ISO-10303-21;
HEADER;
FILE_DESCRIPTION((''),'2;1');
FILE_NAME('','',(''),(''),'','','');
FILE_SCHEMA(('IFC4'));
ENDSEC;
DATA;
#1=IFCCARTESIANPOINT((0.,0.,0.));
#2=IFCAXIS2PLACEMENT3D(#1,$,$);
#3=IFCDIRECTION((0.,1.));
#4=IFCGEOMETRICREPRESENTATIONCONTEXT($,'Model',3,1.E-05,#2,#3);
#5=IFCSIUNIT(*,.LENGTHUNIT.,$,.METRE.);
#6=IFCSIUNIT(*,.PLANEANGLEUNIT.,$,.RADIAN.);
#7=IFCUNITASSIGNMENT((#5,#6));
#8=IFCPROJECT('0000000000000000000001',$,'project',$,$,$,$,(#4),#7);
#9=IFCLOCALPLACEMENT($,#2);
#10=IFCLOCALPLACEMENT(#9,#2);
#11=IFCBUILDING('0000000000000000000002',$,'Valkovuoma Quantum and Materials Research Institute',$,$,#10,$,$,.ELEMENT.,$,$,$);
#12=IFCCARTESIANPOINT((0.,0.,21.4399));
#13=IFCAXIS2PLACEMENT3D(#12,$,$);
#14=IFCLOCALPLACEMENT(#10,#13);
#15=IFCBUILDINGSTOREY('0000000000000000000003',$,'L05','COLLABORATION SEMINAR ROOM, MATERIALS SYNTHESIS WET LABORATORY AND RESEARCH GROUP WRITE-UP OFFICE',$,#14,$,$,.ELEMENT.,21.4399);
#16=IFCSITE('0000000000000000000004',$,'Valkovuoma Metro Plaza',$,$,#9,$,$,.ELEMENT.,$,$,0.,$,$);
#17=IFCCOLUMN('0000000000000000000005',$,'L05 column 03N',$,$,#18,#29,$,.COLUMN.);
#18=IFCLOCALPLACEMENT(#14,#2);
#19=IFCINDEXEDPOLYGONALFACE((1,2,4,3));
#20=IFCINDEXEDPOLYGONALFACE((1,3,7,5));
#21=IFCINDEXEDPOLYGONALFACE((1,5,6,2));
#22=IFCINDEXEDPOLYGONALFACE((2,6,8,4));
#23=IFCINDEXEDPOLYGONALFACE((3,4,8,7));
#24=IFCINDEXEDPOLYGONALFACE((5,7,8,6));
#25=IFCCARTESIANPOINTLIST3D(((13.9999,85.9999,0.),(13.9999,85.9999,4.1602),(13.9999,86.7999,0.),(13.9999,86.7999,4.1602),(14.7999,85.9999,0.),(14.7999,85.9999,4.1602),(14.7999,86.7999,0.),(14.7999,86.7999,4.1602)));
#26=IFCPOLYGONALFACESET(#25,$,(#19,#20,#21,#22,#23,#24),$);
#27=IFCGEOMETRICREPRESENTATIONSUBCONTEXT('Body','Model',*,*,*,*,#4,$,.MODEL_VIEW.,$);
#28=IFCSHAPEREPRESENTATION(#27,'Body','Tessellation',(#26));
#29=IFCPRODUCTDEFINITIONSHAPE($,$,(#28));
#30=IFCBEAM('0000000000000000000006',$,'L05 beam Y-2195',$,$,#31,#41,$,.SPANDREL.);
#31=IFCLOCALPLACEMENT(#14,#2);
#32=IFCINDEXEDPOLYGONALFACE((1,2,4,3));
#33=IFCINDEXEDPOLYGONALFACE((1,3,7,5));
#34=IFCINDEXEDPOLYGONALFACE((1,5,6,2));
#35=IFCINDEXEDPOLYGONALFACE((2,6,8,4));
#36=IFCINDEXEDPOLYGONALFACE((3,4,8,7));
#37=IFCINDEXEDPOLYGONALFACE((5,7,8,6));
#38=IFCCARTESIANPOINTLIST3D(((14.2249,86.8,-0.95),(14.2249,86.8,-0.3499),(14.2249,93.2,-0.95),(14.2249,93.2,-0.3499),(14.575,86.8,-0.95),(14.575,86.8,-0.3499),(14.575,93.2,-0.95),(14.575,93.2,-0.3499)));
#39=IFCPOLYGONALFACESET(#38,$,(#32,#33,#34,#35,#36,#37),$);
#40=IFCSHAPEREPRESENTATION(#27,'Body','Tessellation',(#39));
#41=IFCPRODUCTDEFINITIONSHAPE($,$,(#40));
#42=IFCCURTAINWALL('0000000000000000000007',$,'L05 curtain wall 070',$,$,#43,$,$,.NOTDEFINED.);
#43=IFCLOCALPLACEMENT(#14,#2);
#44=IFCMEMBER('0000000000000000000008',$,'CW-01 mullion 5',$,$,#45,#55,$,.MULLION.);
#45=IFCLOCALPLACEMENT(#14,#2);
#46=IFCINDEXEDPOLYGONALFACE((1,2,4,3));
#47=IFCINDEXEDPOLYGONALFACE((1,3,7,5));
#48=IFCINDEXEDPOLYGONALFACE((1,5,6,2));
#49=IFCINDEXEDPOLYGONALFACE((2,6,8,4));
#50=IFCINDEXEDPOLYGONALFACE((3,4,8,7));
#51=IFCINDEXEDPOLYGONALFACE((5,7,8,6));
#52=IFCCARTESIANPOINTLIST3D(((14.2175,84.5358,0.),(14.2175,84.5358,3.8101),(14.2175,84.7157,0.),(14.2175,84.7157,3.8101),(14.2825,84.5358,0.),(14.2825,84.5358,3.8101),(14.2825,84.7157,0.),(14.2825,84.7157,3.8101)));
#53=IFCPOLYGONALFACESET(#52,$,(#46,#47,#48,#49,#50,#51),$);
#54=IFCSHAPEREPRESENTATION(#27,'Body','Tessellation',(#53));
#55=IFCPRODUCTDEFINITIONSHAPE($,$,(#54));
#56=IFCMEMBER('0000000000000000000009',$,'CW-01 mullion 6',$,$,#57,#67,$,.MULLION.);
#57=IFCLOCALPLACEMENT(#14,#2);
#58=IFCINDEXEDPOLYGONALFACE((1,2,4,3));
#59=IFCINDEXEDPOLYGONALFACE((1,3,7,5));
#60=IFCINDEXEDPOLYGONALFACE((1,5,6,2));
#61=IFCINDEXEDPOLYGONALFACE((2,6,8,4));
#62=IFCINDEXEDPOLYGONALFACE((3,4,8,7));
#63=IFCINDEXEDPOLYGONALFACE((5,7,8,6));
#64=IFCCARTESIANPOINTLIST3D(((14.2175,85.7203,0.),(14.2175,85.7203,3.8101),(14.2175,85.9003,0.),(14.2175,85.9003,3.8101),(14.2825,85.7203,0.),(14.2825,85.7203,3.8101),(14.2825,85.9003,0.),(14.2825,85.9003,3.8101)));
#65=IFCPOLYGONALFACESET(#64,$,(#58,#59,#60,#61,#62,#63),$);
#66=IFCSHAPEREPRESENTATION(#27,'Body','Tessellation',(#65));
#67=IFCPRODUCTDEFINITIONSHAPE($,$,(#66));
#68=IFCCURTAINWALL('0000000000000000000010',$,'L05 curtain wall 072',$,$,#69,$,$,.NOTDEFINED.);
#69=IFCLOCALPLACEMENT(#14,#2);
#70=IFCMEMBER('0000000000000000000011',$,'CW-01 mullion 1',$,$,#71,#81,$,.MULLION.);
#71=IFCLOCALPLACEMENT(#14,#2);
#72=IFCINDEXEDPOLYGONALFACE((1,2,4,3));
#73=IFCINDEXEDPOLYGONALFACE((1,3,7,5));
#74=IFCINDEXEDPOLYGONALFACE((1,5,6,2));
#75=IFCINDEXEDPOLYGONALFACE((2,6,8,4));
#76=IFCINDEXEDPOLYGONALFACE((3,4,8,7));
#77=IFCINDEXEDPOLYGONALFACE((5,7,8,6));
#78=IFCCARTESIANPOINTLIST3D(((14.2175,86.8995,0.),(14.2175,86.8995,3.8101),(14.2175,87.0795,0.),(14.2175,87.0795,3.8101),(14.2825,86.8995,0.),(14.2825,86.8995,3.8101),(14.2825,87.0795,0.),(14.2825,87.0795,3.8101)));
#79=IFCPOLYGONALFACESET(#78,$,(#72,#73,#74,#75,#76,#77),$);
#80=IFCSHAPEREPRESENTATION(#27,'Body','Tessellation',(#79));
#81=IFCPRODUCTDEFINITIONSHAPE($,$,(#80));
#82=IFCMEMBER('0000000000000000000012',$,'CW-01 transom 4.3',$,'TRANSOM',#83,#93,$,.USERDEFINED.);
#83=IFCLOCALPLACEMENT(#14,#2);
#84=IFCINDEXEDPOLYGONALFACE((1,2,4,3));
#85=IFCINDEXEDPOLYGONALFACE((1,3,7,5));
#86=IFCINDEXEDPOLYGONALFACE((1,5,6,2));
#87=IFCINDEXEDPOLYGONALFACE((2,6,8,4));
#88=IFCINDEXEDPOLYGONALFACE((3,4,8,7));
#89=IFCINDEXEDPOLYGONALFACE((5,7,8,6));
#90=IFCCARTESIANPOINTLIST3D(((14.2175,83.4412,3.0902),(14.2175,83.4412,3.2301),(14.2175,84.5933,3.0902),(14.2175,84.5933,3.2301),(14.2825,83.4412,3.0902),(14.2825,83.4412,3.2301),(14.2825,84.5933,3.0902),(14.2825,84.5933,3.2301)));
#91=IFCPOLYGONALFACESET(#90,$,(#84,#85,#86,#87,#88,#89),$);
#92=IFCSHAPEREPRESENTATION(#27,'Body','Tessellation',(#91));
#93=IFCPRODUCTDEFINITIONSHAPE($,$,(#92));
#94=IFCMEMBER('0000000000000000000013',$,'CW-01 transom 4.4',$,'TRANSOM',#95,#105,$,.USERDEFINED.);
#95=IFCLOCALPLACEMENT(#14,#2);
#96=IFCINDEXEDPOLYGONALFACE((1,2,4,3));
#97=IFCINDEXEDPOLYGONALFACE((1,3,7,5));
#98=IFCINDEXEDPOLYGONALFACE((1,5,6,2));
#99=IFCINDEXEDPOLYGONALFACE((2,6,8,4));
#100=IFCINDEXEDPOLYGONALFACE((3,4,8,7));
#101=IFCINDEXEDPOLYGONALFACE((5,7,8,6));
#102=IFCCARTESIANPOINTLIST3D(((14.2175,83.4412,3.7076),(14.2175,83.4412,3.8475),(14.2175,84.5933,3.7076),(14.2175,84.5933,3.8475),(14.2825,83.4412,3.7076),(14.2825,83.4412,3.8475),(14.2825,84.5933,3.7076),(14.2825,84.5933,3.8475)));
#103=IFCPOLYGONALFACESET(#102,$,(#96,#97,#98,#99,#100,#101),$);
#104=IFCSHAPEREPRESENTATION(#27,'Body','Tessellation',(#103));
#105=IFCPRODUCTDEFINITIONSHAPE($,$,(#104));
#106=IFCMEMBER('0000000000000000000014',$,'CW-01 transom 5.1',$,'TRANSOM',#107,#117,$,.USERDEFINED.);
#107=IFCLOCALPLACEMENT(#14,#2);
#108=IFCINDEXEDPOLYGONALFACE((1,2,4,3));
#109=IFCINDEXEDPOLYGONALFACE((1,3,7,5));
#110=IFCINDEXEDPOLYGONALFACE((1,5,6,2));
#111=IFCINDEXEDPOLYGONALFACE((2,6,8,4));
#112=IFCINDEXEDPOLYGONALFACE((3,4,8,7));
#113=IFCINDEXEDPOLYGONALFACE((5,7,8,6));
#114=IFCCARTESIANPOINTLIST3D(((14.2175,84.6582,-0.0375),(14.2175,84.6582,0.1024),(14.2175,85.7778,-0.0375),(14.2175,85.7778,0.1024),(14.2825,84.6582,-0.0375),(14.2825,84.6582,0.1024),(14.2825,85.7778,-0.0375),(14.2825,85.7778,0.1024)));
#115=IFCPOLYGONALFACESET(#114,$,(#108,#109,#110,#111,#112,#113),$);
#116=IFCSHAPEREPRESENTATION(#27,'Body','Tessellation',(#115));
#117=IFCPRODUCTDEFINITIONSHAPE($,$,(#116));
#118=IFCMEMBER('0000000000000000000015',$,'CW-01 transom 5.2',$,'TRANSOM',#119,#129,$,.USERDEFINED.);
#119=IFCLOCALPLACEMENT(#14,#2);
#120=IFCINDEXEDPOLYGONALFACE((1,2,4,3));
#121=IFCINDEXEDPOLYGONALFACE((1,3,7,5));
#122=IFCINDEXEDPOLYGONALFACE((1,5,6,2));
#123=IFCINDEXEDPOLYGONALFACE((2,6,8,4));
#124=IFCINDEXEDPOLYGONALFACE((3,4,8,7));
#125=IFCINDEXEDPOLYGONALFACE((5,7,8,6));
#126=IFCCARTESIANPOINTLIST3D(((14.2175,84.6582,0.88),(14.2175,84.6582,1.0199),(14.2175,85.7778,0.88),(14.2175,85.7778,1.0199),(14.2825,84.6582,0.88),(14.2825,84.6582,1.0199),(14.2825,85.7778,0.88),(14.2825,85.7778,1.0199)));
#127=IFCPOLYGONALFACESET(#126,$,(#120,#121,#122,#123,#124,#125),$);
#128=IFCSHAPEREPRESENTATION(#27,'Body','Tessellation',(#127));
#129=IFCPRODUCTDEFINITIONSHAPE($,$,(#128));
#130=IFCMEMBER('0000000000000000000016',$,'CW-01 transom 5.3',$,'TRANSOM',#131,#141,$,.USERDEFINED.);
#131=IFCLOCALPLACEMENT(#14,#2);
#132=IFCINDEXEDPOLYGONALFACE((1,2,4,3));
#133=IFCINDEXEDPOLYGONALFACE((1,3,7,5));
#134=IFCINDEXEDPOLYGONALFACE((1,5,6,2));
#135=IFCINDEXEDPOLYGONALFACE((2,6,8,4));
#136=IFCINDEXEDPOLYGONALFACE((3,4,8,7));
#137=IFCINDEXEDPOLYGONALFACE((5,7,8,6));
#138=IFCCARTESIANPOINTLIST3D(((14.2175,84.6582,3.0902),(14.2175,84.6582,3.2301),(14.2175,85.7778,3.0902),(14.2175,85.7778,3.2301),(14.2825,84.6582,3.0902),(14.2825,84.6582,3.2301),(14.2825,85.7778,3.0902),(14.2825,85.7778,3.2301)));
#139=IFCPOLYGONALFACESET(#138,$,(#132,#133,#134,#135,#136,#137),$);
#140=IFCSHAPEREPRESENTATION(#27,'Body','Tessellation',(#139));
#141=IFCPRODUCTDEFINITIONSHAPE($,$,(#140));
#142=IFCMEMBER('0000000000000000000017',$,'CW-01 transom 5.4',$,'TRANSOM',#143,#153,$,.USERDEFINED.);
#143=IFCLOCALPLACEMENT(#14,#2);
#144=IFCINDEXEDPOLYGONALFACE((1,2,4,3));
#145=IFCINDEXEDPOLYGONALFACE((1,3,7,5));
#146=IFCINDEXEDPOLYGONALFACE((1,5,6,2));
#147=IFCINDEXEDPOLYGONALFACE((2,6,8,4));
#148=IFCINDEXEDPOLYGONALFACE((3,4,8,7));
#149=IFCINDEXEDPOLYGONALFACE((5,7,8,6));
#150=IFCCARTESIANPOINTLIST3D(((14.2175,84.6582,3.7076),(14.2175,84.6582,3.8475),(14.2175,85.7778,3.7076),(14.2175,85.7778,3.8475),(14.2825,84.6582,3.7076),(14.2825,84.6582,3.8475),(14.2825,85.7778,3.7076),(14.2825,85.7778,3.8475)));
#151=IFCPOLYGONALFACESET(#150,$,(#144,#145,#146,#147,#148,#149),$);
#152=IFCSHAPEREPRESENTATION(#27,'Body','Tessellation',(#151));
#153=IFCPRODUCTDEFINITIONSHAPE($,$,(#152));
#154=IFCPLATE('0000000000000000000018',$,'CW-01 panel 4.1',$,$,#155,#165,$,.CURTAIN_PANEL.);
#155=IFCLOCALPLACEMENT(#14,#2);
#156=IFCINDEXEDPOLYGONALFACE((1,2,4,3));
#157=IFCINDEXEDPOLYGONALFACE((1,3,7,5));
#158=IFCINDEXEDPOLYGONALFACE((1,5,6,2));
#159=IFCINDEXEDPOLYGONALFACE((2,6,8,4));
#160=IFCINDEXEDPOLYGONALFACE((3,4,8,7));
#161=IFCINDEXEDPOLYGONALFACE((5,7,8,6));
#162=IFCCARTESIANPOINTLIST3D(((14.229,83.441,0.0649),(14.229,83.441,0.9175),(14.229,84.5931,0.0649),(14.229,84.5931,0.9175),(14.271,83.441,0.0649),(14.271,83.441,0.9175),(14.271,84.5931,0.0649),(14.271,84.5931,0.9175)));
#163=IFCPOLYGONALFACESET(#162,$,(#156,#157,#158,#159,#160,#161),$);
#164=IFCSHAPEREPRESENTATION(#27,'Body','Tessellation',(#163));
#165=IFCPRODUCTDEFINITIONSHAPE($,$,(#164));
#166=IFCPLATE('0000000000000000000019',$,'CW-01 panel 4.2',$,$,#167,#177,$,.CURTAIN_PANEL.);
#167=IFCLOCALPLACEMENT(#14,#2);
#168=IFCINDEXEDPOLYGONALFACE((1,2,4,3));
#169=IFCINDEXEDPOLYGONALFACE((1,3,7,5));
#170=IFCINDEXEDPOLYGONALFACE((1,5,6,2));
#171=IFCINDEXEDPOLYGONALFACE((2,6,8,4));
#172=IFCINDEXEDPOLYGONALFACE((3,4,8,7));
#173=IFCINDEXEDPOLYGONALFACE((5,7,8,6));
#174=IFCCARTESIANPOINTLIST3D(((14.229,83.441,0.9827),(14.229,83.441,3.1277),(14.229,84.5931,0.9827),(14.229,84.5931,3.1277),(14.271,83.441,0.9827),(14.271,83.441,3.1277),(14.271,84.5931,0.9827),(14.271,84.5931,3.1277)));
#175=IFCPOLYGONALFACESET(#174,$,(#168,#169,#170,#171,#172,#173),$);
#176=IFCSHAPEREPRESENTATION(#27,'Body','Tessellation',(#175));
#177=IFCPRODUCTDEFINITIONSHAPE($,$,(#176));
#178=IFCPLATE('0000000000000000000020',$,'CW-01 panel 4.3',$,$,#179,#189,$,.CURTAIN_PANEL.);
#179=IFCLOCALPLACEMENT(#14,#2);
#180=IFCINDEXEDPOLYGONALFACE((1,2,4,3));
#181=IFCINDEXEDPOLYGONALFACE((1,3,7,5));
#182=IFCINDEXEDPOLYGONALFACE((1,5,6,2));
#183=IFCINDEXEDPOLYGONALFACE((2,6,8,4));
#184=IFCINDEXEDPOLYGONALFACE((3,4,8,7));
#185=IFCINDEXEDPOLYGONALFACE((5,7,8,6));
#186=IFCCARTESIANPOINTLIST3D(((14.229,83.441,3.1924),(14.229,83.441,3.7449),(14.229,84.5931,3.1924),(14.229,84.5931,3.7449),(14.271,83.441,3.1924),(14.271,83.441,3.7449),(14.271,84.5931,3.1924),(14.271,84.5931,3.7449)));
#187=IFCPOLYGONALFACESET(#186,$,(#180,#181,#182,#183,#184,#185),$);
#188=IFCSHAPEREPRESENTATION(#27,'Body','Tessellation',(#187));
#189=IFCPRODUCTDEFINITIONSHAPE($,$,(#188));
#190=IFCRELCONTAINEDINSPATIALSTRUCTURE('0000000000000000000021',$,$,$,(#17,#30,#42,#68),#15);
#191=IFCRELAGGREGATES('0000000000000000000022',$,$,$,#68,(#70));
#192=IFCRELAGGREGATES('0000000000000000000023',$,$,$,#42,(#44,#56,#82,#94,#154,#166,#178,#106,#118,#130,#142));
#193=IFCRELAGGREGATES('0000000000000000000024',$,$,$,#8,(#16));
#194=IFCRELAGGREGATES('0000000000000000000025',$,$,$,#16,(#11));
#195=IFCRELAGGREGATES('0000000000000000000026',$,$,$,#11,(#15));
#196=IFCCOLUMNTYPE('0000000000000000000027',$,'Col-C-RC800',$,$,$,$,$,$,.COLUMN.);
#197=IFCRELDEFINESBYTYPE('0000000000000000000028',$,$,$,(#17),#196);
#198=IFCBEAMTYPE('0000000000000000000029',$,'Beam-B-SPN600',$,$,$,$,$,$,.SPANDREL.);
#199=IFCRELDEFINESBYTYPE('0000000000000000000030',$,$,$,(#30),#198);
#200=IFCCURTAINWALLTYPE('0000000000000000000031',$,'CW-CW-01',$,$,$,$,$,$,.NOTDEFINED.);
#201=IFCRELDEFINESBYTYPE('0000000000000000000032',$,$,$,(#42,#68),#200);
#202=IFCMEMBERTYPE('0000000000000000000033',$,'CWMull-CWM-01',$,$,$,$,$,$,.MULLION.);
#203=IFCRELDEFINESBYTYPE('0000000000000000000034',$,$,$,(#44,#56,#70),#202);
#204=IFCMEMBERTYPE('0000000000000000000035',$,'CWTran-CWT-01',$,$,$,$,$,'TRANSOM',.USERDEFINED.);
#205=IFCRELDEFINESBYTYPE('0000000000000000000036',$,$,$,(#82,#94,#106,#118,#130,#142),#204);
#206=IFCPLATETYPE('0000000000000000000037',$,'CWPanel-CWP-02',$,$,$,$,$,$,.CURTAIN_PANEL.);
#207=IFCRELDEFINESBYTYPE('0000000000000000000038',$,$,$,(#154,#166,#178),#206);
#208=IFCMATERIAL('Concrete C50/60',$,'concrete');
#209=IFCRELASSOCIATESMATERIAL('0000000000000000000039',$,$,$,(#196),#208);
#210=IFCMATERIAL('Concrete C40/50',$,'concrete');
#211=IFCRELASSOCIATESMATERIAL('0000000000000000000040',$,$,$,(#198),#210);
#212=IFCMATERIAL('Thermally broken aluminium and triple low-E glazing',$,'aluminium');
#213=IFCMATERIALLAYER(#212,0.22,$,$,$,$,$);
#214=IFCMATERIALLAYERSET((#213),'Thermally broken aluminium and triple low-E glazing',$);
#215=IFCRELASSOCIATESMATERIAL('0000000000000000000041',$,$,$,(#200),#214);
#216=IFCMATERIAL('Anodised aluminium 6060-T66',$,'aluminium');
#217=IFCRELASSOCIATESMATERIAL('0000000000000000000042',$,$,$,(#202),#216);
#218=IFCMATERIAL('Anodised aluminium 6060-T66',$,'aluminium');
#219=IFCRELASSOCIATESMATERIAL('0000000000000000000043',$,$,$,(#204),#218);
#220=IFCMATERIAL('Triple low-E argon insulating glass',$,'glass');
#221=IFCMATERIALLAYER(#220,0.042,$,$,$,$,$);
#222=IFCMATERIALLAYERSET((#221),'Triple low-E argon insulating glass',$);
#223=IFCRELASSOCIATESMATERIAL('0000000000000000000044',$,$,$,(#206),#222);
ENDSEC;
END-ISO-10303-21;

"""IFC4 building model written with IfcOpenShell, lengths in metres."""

from ifc_helpers import new_model, si_unit, direction, frame, origin, origin_2d, place, context, subcontext, project, spatial, rectangle, extrude, material, layer, layer_set, material_profile, profile_set, type_object, element, aggregate, save


model = new_model("IFC4")

# Units and contexts
model_context = context("Model", 3, precision=1e-05, world=origin(), true_north=direction((0.0, 1.0)))
body_context = subcontext(model_context, "Body", "Model", "MODEL_VIEW")
ifc_project = project(units=[si_unit("LENGTHUNIT", "METRE"), si_unit("PLANEANGLEUNIT", "RADIAN")], contexts=[model_context])

# Site, building, storey
site_placement = place(None, origin())
site = spatial("IfcSite", under=ifc_project, at=site_placement, Name="Valkovuoma Metro Plaza", CompositionType="ELEMENT", RefElevation=0.0)
building_placement = place(site_placement, origin())
building = spatial("IfcBuilding", under=site, at=building_placement, Name="Valkovuoma Quantum and Materials Research Institute", CompositionType="ELEMENT")
storey_placement = place(building_placement, frame((0.0, 0.0, 21.4399)))
storey = spatial("IfcBuildingStorey", under=building, at=storey_placement, Name="L05", Description="COLLABORATION SEMINAR ROOM, MATERIALS SYNTHESIS WET LABORATORY AND RESEARCH GROUP WRITE-UP OFFICE", CompositionType="ELEMENT", Elevation=21.4399)

# Column
ifc_material_1 = material(Name="Concrete C50/60", Category="concrete")
ifc_material_profile_1 = material_profile(ifc_material_1, rectangle(XDim=0.8, YDim=0.8, at=origin_2d()), Name="Concrete C50/60")
ifc_profile_set_1 = profile_set([ifc_material_profile_1], Name="Concrete C50/60")
column_type = type_object("IfcColumnType", Name="Col-C-RC800", PredefinedType="COLUMN", material=ifc_profile_set_1)
column_placement = place(storey_placement, frame((14.3999, 86.3999, 0.0), z_axis=(0.0, 0.0, 1.0), x_axis=(1.0, 0.0, 0.0)))
element("IfcColumn", 1, at=column_placement, inside=storey, type_object=column_type, Name="L05 column 03N", PredefinedType="COLUMN", context=body_context, shape_type="SweptSolid", body=[
    extrude(rectangle(XDim=0.8, YDim=0.8, at=origin_2d()), origin(), (0.0, 0.0, 1.0), 4.1602),
])

# Beam
ifc_material_2 = material(Name="Concrete C40/50", Category="concrete")
ifc_material_profile_2 = material_profile(ifc_material_2, rectangle(XDim=0.3501, YDim=0.6001, at=origin_2d()), Name="Concrete C40/50")
ifc_profile_set_2 = profile_set([ifc_material_profile_2], Name="Concrete C40/50")
beam_type = type_object("IfcBeamType", Name="Beam-B-SPN600", PredefinedType="SPANDREL", material=ifc_profile_set_2)
beam_placement = place(storey_placement, frame((14.3999, 86.8, -0.6499), z_axis=(0.0, 1.0, 0.0), x_axis=(-1.0, 0.0, 0.0)))
element("IfcBeam", 2, at=beam_placement, inside=storey, type_object=beam_type, Name="L05 beam Y-2195", PredefinedType="SPANDREL", context=body_context, shape_type="SweptSolid", body=[
    extrude(rectangle(XDim=0.3501, YDim=0.6001, at=origin_2d()), origin(), (0.0, 0.0, 1.0), 6.3999),
])

# Curtain wall, members
ifc_material_3 = material(Name="Thermally broken aluminium and triple low-E glazing", Category="aluminium")
ifc_layer_1 = layer(ifc_material_3, 0.22)
ifc_layer_set_1 = layer_set([ifc_layer_1], Name="Thermally broken aluminium and triple low-E glazing")
curtain_wall_type = type_object("IfcCurtainWallType", Name="CW-CW-01", PredefinedType="NOTDEFINED", material=ifc_layer_set_1)
curtain_wall_1_placement = place(storey_placement, origin())
curtain_wall_1 = element("IfcCurtainWall", 3, at=curtain_wall_1_placement, inside=storey, type_object=curtain_wall_type, Name="L05 curtain wall 070", PredefinedType="NOTDEFINED")
ifc_material_4 = material(Name="Anodised aluminium 6060-T66", Category="aluminium")
ifc_material_profile_3 = material_profile(ifc_material_4, rectangle(XDim=0.0649, YDim=0.1799, at=origin_2d()), Name="Anodised aluminium 6060-T66")
ifc_profile_set_3 = profile_set([ifc_material_profile_3], Name="Anodised aluminium 6060-T66")
member_type_1 = type_object("IfcMemberType", Name="CWMull-CWM-01", PredefinedType="MULLION", material=ifc_profile_set_3)
member_1_placement = place(storey_placement, frame((14.25, 84.6257, 0.0), z_axis=(0.0, 0.0, 1.0), x_axis=(-1.0, 0.0, 0.0)))
member_1 = element("IfcMember", 4, at=member_1_placement, type_object=member_type_1, Name="CW-01 mullion 5", PredefinedType="MULLION", context=body_context, shape_type="SweptSolid", body=[
    extrude(rectangle(XDim=0.0649, YDim=0.1799, at=origin_2d()), origin(), (0.0, 0.0, 1.0), 3.8101),
])
member_2_placement = place(storey_placement, frame((14.25, 85.8103, 0.0), z_axis=(0.0, 0.0, 1.0), x_axis=(-1.0, 0.0, 0.0)))
member_2 = element("IfcMember", 5, at=member_2_placement, type_object=member_type_1, Name="CW-01 mullion 6", PredefinedType="MULLION", context=body_context, shape_type="SweptSolid", body=[
    extrude(rectangle(XDim=0.0649, YDim=0.1799, at=origin_2d()), origin(), (0.0, 0.0, 1.0), 3.8101),
])

# Curtain wall, member
curtain_wall_2_placement = place(storey_placement, origin())
curtain_wall_2 = element("IfcCurtainWall", 6, at=curtain_wall_2_placement, inside=storey, type_object=curtain_wall_type, Name="L05 curtain wall 072", PredefinedType="NOTDEFINED")
member_3_placement = place(storey_placement, frame((14.25, 86.9895, 0.0), z_axis=(0.0, 0.0, 1.0), x_axis=(-1.0, 0.0, 0.0)))
member_3 = element("IfcMember", 7, at=member_3_placement, type_object=member_type_1, Name="CW-01 mullion 1", PredefinedType="MULLION", context=body_context, shape_type="SweptSolid", body=[
    extrude(rectangle(XDim=0.0649, YDim=0.1799, at=origin_2d()), origin(), (0.0, 0.0, 1.0), 3.8101),
])
aggregate(curtain_wall_2, [member_3])

# Members
ifc_material_5 = material(Name="Anodised aluminium 6060-T66", Category="aluminium")
ifc_material_profile_4 = material_profile(ifc_material_5, rectangle(XDim=0.0649, YDim=0.1399, at=origin_2d()), Name="Anodised aluminium 6060-T66")
ifc_profile_set_4 = profile_set([ifc_material_profile_4], Name="Anodised aluminium 6060-T66")
member_type_2 = type_object("IfcMemberType", Name="CWTran-CWT-01", ElementType="TRANSOM", PredefinedType="USERDEFINED", material=ifc_profile_set_4)
member_4_placement = place(storey_placement, frame((14.25, 83.4412, 3.1602), z_axis=(0.0, 1.0, 0.0), x_axis=(-1.0, 0.0, 0.0)))
member_4 = element("IfcMember", 8, at=member_4_placement, type_object=member_type_2, Name="CW-01 transom 4.3", ObjectType="TRANSOM", PredefinedType="USERDEFINED", context=body_context, shape_type="SweptSolid", body=[
    extrude(rectangle(XDim=0.0649, YDim=0.1399, at=origin_2d()), origin(), (0.0, 0.0, 1.0), 1.1521),
])
member_5_placement = place(storey_placement, frame((14.25, 83.4412, 3.7776), z_axis=(0.0, 1.0, 0.0), x_axis=(-1.0, 0.0, 0.0)))
member_5 = element("IfcMember", 9, at=member_5_placement, type_object=member_type_2, Name="CW-01 transom 4.4", ObjectType="TRANSOM", PredefinedType="USERDEFINED", context=body_context, shape_type="SweptSolid", body=[
    extrude(rectangle(XDim=0.0649, YDim=0.1399, at=origin_2d()), origin(), (0.0, 0.0, 1.0), 1.1521),
])
member_6_placement = place(storey_placement, frame((14.25, 84.6582, 0.0325), z_axis=(0.0, 1.0, 0.0), x_axis=(-1.0, 0.0, 0.0)))
member_6 = element("IfcMember", 10, at=member_6_placement, type_object=member_type_2, Name="CW-01 transom 5.1", ObjectType="TRANSOM", PredefinedType="USERDEFINED", context=body_context, shape_type="SweptSolid", body=[
    extrude(rectangle(XDim=0.0649, YDim=0.1399, at=origin_2d()), origin(), (0.0, 0.0, 1.0), 1.1196),
])
member_7_placement = place(storey_placement, frame((14.25, 84.6582, 0.95), z_axis=(0.0, 1.0, 0.0), x_axis=(-1.0, 0.0, 0.0)))
member_7 = element("IfcMember", 11, at=member_7_placement, type_object=member_type_2, Name="CW-01 transom 5.2", ObjectType="TRANSOM", PredefinedType="USERDEFINED", context=body_context, shape_type="SweptSolid", body=[
    extrude(rectangle(XDim=0.0649, YDim=0.1399, at=origin_2d()), origin(), (0.0, 0.0, 1.0), 1.1196),
])
member_8_placement = place(storey_placement, frame((14.25, 84.6582, 3.1602), z_axis=(0.0, 1.0, 0.0), x_axis=(-1.0, 0.0, 0.0)))
member_8 = element("IfcMember", 12, at=member_8_placement, type_object=member_type_2, Name="CW-01 transom 5.3", ObjectType="TRANSOM", PredefinedType="USERDEFINED", context=body_context, shape_type="SweptSolid", body=[
    extrude(rectangle(XDim=0.0649, YDim=0.1399, at=origin_2d()), origin(), (0.0, 0.0, 1.0), 1.1196),
])
member_9_placement = place(storey_placement, frame((14.25, 84.6582, 3.7776), z_axis=(0.0, 1.0, 0.0), x_axis=(-1.0, 0.0, 0.0)))
member_9 = element("IfcMember", 13, at=member_9_placement, type_object=member_type_2, Name="CW-01 transom 5.4", ObjectType="TRANSOM", PredefinedType="USERDEFINED", context=body_context, shape_type="SweptSolid", body=[
    extrude(rectangle(XDim=0.0649, YDim=0.1399, at=origin_2d()), origin(), (0.0, 0.0, 1.0), 1.1196),
])

# Plates
ifc_material_6 = material(Name="Triple low-E argon insulating glass", Category="glass")
ifc_layer_2 = layer(ifc_material_6, 0.042)
ifc_layer_set_2 = layer_set([ifc_layer_2], Name="Triple low-E argon insulating glass")
plate_type = type_object("IfcPlateType", Name="CWPanel-CWP-02", PredefinedType="CURTAIN_PANEL", material=ifc_layer_set_2)
plate_1_placement = place(storey_placement, frame((14.25, 84.0171, 0.0649), z_axis=(0.0, 0.0, 1.0), x_axis=(0.0, 1.0, 0.0)))
plate_1 = element("IfcPlate", 14, at=plate_1_placement, type_object=plate_type, Name="CW-01 panel 4.1", PredefinedType="CURTAIN_PANEL", context=body_context, shape_type="SweptSolid", body=[
    extrude(rectangle(XDim=1.1521, YDim=0.042, at=origin_2d()), origin(), (0.0, 0.0, 1.0), 0.8525),
])
plate_2_placement = place(storey_placement, frame((14.25, 84.0171, 0.9827), z_axis=(0.0, 0.0, 1.0), x_axis=(0.0, 1.0, 0.0)))
plate_2 = element("IfcPlate", 15, at=plate_2_placement, type_object=plate_type, Name="CW-01 panel 4.2", PredefinedType="CURTAIN_PANEL", context=body_context, shape_type="SweptSolid", body=[
    extrude(rectangle(XDim=1.1521, YDim=0.042, at=origin_2d()), origin(), (0.0, 0.0, 1.0), 2.145),
])
plate_3_placement = place(storey_placement, frame((14.25, 84.0171, 3.1924), z_axis=(0.0, 0.0, 1.0), x_axis=(0.0, 1.0, 0.0)))
plate_3 = element("IfcPlate", 16, at=plate_3_placement, type_object=plate_type, Name="CW-01 panel 4.3", PredefinedType="CURTAIN_PANEL", context=body_context, shape_type="SweptSolid", body=[
    extrude(rectangle(XDim=1.1521, YDim=0.042, at=origin_2d()), origin(), (0.0, 0.0, 1.0), 0.5525),
])
aggregate(curtain_wall_1, [member_1, member_2, member_4, member_5, plate_1, plate_2, plate_3, member_6, member_7, member_8, member_9])

save(model, "model.ifc")
